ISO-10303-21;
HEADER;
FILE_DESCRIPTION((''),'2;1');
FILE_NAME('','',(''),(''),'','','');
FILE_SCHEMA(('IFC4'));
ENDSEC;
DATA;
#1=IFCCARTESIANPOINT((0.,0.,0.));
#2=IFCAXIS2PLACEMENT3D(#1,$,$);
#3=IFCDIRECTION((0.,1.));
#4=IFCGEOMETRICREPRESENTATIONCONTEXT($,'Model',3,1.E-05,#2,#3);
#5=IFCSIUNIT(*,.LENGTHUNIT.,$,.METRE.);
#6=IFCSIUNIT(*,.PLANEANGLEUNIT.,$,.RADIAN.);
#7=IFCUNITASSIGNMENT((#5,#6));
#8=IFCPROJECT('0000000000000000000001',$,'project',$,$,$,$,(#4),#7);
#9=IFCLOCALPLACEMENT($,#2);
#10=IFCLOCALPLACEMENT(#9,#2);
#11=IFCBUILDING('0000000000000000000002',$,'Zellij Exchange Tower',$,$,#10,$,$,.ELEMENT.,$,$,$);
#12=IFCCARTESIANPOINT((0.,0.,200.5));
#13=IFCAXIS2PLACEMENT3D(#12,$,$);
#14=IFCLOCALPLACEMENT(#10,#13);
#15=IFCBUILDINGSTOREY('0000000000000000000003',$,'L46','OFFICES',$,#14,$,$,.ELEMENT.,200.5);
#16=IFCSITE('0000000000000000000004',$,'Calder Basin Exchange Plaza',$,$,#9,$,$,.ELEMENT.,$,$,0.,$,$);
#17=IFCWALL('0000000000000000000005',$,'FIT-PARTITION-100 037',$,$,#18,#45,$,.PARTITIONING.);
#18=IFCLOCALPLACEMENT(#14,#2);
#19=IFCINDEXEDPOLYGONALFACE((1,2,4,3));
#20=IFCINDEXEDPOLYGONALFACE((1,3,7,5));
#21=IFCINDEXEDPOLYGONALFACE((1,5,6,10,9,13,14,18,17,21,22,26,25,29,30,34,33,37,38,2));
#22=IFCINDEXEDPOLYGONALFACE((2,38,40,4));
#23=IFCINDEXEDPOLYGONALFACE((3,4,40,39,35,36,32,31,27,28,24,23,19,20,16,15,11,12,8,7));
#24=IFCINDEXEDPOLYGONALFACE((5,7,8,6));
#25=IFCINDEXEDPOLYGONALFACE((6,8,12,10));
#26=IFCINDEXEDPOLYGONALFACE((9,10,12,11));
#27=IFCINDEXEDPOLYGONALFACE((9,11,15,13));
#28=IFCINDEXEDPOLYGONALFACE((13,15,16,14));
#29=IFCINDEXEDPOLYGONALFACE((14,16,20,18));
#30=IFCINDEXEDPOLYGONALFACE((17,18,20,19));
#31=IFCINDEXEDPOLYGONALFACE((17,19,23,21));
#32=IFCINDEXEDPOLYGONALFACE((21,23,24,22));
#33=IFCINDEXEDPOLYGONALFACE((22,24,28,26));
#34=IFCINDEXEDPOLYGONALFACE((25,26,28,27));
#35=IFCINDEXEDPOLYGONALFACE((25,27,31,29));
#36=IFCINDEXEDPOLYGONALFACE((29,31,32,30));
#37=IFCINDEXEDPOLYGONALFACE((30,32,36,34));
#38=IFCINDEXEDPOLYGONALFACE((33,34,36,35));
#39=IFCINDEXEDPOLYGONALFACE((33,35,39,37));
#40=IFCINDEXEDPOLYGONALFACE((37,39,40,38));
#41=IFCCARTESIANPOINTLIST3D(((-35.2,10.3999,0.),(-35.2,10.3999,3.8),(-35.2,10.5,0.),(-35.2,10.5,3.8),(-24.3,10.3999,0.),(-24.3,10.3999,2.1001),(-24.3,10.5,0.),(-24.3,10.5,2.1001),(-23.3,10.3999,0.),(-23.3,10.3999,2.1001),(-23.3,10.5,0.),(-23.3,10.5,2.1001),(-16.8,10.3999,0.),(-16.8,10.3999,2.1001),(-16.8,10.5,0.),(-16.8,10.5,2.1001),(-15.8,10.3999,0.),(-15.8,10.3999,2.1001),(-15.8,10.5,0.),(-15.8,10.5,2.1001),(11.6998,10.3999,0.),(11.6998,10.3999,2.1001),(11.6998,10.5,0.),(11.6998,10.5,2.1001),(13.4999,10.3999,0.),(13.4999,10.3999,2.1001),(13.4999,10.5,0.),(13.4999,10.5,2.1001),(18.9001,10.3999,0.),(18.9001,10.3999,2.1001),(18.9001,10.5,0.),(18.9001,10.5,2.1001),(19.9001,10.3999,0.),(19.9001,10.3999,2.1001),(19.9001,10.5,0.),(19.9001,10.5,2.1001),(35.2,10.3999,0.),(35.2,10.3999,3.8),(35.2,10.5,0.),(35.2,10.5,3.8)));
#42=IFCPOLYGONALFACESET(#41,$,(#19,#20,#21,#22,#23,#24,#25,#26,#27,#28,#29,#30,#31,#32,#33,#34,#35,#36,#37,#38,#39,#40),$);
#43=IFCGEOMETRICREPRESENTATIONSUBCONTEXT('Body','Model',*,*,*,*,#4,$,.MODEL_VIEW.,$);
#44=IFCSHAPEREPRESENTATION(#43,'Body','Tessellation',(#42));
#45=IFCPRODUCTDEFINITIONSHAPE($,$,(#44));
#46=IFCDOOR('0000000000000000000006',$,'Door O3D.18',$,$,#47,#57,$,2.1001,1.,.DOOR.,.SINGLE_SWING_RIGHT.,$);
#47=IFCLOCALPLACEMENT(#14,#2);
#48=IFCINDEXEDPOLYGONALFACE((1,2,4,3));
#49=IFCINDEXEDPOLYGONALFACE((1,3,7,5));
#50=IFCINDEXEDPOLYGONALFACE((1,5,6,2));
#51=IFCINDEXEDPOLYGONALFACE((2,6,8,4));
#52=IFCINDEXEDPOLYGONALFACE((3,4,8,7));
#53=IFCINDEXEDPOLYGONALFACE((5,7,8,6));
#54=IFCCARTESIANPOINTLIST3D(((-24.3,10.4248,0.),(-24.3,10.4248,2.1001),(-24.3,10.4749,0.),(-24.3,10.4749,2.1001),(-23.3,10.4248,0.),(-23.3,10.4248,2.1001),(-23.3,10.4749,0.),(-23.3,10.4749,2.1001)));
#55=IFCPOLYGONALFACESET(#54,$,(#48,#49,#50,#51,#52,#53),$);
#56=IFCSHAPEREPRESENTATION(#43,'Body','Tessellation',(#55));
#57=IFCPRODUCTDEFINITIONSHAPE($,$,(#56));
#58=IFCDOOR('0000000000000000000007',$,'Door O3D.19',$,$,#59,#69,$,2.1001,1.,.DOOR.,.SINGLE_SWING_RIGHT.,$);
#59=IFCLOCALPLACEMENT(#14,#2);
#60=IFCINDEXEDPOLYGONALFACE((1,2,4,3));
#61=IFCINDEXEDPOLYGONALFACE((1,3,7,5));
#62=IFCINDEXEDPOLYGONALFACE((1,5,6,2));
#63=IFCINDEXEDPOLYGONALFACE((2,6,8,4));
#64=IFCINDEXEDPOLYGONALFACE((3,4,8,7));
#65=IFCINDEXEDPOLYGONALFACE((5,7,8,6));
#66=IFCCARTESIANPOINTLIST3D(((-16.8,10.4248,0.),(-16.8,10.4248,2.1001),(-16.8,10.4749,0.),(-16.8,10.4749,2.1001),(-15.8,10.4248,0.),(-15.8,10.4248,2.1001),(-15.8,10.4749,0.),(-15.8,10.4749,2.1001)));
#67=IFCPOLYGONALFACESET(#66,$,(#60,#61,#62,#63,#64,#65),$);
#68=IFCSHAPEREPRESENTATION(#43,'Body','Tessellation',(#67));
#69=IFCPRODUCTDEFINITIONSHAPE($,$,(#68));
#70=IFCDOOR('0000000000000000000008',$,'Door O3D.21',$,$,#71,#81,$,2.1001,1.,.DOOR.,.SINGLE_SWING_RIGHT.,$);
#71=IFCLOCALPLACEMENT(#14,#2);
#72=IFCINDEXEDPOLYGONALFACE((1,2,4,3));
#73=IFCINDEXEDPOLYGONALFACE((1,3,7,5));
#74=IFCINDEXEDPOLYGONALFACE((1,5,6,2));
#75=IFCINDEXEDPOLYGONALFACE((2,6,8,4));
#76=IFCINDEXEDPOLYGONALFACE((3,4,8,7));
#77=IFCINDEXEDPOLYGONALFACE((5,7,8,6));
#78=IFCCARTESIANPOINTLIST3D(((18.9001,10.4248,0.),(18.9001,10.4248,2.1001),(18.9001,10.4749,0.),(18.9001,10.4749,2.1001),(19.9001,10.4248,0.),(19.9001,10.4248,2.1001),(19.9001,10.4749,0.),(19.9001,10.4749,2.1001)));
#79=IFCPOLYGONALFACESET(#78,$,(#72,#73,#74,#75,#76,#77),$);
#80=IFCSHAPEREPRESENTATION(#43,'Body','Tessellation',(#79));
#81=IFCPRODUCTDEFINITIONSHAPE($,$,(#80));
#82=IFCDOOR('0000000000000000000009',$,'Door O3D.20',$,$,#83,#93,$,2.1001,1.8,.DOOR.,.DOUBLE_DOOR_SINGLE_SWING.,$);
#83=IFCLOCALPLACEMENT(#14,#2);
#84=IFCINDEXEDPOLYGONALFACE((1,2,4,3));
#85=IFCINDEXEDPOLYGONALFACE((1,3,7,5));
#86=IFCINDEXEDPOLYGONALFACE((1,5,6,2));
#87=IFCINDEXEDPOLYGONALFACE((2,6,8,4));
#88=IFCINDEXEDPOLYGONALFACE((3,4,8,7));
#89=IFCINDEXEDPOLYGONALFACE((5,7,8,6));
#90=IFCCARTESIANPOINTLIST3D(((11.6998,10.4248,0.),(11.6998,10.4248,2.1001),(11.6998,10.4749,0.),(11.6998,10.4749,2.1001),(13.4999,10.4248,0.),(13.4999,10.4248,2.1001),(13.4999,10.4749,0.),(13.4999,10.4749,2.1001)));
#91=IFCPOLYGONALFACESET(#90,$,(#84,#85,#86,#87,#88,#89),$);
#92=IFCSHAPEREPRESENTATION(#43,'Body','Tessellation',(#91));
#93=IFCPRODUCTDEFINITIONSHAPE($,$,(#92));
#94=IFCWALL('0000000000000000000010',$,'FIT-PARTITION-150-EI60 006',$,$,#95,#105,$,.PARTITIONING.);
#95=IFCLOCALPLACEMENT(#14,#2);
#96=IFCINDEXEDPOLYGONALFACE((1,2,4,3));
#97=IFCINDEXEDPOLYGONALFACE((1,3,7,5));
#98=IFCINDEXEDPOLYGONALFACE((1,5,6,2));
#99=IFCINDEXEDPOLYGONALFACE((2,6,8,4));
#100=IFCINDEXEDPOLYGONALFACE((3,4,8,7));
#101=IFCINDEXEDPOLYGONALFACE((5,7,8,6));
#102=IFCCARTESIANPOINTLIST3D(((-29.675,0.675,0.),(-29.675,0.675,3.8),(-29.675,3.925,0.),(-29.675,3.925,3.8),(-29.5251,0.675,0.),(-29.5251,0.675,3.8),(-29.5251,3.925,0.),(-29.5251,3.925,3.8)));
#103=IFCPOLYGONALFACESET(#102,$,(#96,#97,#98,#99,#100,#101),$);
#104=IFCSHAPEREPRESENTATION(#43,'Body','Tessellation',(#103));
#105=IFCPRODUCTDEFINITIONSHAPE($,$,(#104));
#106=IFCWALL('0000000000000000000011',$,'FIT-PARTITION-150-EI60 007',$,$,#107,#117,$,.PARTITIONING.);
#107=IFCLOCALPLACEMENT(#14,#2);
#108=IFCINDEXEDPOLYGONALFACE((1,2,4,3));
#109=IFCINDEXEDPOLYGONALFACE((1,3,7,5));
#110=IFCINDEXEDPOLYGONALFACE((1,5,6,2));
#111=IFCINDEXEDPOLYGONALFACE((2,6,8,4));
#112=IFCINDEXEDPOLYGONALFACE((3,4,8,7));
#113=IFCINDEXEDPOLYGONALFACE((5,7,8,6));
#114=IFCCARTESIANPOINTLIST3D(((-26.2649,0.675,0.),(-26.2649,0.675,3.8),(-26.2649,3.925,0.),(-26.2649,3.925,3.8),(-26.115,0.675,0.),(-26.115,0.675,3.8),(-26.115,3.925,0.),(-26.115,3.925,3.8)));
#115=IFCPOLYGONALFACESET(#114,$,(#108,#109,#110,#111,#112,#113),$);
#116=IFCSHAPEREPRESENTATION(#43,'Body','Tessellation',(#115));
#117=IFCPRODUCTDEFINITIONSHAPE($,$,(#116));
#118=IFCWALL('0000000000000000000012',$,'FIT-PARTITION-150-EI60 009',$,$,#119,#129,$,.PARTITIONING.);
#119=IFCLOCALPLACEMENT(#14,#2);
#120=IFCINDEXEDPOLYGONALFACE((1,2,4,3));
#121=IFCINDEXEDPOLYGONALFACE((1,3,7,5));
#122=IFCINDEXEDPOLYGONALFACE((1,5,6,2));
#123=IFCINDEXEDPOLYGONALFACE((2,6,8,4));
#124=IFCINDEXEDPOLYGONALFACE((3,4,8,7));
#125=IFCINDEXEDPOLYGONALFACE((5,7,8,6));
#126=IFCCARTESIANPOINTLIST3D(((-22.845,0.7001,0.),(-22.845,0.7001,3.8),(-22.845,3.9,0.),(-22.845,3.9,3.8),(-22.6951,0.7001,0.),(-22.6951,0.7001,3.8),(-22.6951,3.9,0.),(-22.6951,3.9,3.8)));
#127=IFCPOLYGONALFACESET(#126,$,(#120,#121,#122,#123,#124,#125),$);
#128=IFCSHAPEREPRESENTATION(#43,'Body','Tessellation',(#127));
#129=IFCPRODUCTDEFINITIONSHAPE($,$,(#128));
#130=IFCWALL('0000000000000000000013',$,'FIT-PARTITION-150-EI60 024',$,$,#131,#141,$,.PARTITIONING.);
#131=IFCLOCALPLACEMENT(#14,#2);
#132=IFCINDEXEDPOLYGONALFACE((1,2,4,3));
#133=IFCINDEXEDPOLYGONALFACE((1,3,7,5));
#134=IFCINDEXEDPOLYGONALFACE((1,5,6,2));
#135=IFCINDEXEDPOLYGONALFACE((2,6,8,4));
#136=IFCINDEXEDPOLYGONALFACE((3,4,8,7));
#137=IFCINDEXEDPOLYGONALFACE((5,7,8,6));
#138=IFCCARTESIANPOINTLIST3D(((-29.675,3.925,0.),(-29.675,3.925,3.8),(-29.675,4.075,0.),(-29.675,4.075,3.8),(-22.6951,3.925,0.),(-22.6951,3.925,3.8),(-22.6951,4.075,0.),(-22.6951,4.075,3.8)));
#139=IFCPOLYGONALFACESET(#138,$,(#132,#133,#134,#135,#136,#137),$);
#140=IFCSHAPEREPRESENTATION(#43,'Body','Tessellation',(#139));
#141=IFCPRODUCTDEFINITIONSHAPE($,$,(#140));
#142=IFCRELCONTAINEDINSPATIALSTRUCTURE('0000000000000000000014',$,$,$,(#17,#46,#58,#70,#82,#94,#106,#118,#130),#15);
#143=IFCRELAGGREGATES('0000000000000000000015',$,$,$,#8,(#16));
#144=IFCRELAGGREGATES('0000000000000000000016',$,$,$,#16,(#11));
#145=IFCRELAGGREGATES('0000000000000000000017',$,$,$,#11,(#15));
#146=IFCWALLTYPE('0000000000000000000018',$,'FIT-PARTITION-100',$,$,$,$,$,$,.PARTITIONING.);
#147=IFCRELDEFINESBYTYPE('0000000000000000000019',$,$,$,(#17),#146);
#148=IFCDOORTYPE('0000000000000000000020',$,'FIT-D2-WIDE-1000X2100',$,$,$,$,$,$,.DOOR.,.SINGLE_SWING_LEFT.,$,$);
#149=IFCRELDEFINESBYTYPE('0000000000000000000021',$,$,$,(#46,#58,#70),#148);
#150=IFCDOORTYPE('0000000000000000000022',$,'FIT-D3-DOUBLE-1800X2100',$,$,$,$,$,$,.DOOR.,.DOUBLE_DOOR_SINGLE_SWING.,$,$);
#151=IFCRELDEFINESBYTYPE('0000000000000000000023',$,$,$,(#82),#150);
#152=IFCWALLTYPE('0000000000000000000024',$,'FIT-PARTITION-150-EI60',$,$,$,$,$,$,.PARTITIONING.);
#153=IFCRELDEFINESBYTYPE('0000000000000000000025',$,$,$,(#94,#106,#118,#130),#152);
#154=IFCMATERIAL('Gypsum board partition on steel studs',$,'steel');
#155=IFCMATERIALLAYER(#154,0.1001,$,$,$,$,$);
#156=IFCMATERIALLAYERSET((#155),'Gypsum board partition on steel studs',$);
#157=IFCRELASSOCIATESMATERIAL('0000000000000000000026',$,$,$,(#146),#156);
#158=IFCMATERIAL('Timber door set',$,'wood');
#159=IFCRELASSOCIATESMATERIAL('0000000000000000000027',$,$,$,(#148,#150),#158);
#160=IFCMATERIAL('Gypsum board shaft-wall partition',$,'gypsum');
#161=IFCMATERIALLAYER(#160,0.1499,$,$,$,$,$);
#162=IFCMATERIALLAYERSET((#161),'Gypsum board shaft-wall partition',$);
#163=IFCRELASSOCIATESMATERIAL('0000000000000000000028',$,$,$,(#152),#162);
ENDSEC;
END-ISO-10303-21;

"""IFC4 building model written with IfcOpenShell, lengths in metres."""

from ifc_helpers import new_model, si_unit, direction, frame, frame_2d, origin, place, context, subcontext, project, spatial, rectangle, extrude, material, layer, layer_set, type_object, element, fill, save


model = new_model("IFC4")

# Units and contexts
model_context = context("Model", 3, precision=1e-05, world=origin(), true_north=direction((0.0, 1.0)))
body_context = subcontext(model_context, "Body", "Model", "MODEL_VIEW")
ifc_project = project(units=[si_unit("LENGTHUNIT", "METRE"), si_unit("PLANEANGLEUNIT", "RADIAN")], contexts=[model_context])

# Site, building, storey
site_placement = place(None, origin())
site = spatial("IfcSite", under=ifc_project, at=site_placement, Name="Calder Basin Exchange Plaza", CompositionType="ELEMENT", RefElevation=0.0)
building_placement = place(site_placement, origin())
building = spatial("IfcBuilding", under=site, at=building_placement, Name="Zellij Exchange Tower", CompositionType="ELEMENT")
storey_placement = place(building_placement, frame((0.0, 0.0, 200.5)))
storey = spatial("IfcBuildingStorey", under=building, at=storey_placement, Name="L46", Description="OFFICES", CompositionType="ELEMENT", Elevation=200.5)

# Shared definitions
ifc_material_1 = material(Name="Gypsum board partition on steel studs", Category="steel")
ifc_layer_1 = layer(ifc_material_1, 0.1001)
ifc_layer_set_1 = layer_set([ifc_layer_1], Name="Gypsum board partition on steel studs")
wall_type_1 = type_object("IfcWallType", Name="FIT-PARTITION-100", PredefinedType="PARTITIONING", material=ifc_layer_set_1)
ifc_material_2 = material(Name="Timber door set", Category="wood")
door_type_1 = type_object("IfcDoorType", Name="FIT-D2-WIDE-1000X2100", OperationType="SINGLE_SWING_LEFT", PredefinedType="DOOR", material=ifc_material_2)

# Wall, openings, doors
wall_1_placement = place(storey_placement, frame((-35.2, 10.45, 0.0), z_axis=(0.0, 0.0, 1.0), x_axis=(1.0, 0.0, 0.0)))
wall_1 = element("IfcWall", 1, at=wall_1_placement, inside=storey, type_object=wall_type_1, Name="FIT-PARTITION-100 037", PredefinedType="PARTITIONING", context=body_context, shape_type="SweptSolid", body=[
    extrude(rectangle(XDim=70.3999, YDim=0.1001, at=frame_2d((35.2, 0.0))), origin(), (0.0, 0.0, 1.0), 3.8),
])
opening_1_placement = place(wall_1_placement, frame((10.8999, 0.0, 0.0)))
opening_1 = element("IfcOpeningElement", 2, at=opening_1_placement, cuts=wall_1, PredefinedType="OPENING", context=body_context, shape_type="SweptSolid", body=[
    extrude(rectangle(XDim=1.0, YDim=2.1001, at=frame_2d((0.5, 1.05))), frame((0.0, 0.062, 0.0), z_axis=(0.0, -1.0, 0.0), x_axis=(1.0, 0.0, 0.0)), (0.0, 0.0, 1.0), 0.124),
])
opening_2_placement = place(wall_1_placement, frame((18.3999, 0.0, 0.0)))
opening_2 = element("IfcOpeningElement", 3, at=opening_2_placement, cuts=wall_1, PredefinedType="OPENING", context=body_context, shape_type="SweptSolid", body=[
    extrude(rectangle(XDim=1.0, YDim=2.1001, at=frame_2d((0.5, 1.05))), frame((0.0, 0.062, 0.0), z_axis=(0.0, -1.0, 0.0), x_axis=(1.0, 0.0, 0.0)), (0.0, 0.0, 1.0), 0.124),
])
opening_3_placement = place(wall_1_placement, frame((46.8999, 0.0, 0.0)))
opening_3 = element("IfcOpeningElement", 4, at=opening_3_placement, cuts=wall_1, PredefinedType="OPENING", context=body_context, shape_type="SweptSolid", body=[
    extrude(rectangle(XDim=1.8, YDim=2.1001, at=frame_2d((0.8999, 1.05))), frame((0.0, 0.062, 0.0), z_axis=(0.0, -1.0, 0.0), x_axis=(1.0, 0.0, 0.0)), (0.0, 0.0, 1.0), 0.124),
])
opening_4_placement = place(wall_1_placement, frame((54.1001, 0.0, 0.0)))
opening_4 = element("IfcOpeningElement", 5, at=opening_4_placement, cuts=wall_1, PredefinedType="OPENING", context=body_context, shape_type="SweptSolid", body=[
    extrude(rectangle(XDim=1.0, YDim=2.1001, at=frame_2d((0.5, 1.05))), frame((0.0, 0.062, 0.0), z_axis=(0.0, -1.0, 0.0), x_axis=(1.0, 0.0, 0.0)), (0.0, 0.0, 1.0), 0.124),
])
door_1_placement = place(opening_1_placement, origin())
door_1 = element("IfcDoor", 6, at=door_1_placement, inside=storey, type_object=door_type_1, Name="Door O3D.18", OperationType="SINGLE_SWING_RIGHT", OverallHeight=2.1001, OverallWidth=1.0, PredefinedType="DOOR", context=body_context, shape_type="SweptSolid", body=[
    extrude(rectangle(XDim=1.0, YDim=2.1001, at=frame_2d((0.5, 1.05))), frame((0.0, 0.0249, 0.0), z_axis=(0.0, -1.0, 0.0), x_axis=(1.0, 0.0, 0.0)), (0.0, 0.0, 1.0), 0.05),
])
fill(opening_1, door_1)
door_2_placement = place(opening_2_placement, origin())
door_2 = element("IfcDoor", 7, at=door_2_placement, inside=storey, type_object=door_type_1, Name="Door O3D.19", OperationType="SINGLE_SWING_RIGHT", OverallHeight=2.1001, OverallWidth=1.0, PredefinedType="DOOR", context=body_context, shape_type="SweptSolid", body=[
    extrude(rectangle(XDim=1.0, YDim=2.1001, at=frame_2d((0.5, 1.05))), frame((0.0, 0.0249, 0.0), z_axis=(0.0, -1.0, 0.0), x_axis=(1.0, 0.0, 0.0)), (0.0, 0.0, 1.0), 0.05),
])
fill(opening_2, door_2)
door_3_placement = place(opening_4_placement, origin())
door_3 = element("IfcDoor", 8, at=door_3_placement, inside=storey, type_object=door_type_1, Name="Door O3D.21", OperationType="SINGLE_SWING_RIGHT", OverallHeight=2.1001, OverallWidth=1.0, PredefinedType="DOOR", context=body_context, shape_type="SweptSolid", body=[
    extrude(rectangle(XDim=1.0, YDim=2.1001, at=frame_2d((0.5, 1.05))), frame((0.0, 0.0249, 0.0), z_axis=(0.0, -1.0, 0.0), x_axis=(1.0, 0.0, 0.0)), (0.0, 0.0, 1.0), 0.05),
])
fill(opening_4, door_3)
door_type_2 = type_object("IfcDoorType", Name="FIT-D3-DOUBLE-1800X2100", OperationType="DOUBLE_DOOR_SINGLE_SWING", PredefinedType="DOOR", material=ifc_material_2)
door_4_placement = place(opening_3_placement, origin())
door_4 = element("IfcDoor", 9, at=door_4_placement, inside=storey, type_object=door_type_2, Name="Door O3D.20", OperationType="DOUBLE_DOOR_SINGLE_SWING", OverallHeight=2.1001, OverallWidth=1.8, PredefinedType="DOOR", context=body_context, shape_type="SweptSolid", body=[
    extrude(rectangle(XDim=1.8, YDim=2.1001, at=frame_2d((0.8999, 1.05))), frame((0.0, 0.0249, 0.0), z_axis=(0.0, -1.0, 0.0), x_axis=(1.0, 0.0, 0.0)), (0.0, 0.0, 1.0), 0.05),
])
fill(opening_3, door_4)

# Walls
ifc_material_3 = material(Name="Gypsum board shaft-wall partition", Category="gypsum")
ifc_layer_2 = layer(ifc_material_3, 0.1499)
ifc_layer_set_2 = layer_set([ifc_layer_2], Name="Gypsum board shaft-wall partition")
wall_type_2 = type_object("IfcWallType", Name="FIT-PARTITION-150-EI60", PredefinedType="PARTITIONING", material=ifc_layer_set_2)
for number, where, z_axis, x_axis, name in (
    (10, (-29.6001, 0.675, 0.0), (0.0, 0.0, 1.0), (0.0, 1.0, 0.0), "FIT-PARTITION-150-EI60 006"),
    (11, (-26.1899, 0.675, 0.0), (0.0, 0.0, 1.0), (0.0, 1.0, 0.0), "FIT-PARTITION-150-EI60 007"),
):
    element("IfcWall", number, at=place(storey_placement, frame(where, z_axis=z_axis, x_axis=x_axis)), inside=storey, type_object=wall_type_2, Name=name, PredefinedType="PARTITIONING", context=body_context, shape_type="SweptSolid", body=[
        extrude(rectangle(XDim=3.25, YDim=0.1499, at=frame_2d((1.625, 0.0))), origin(), (0.0, 0.0, 1.0), 3.8),
    ])
wall_2_placement = place(storey_placement, frame((-22.77, 0.7, 0.0), z_axis=(0.0, 0.0, 1.0), x_axis=(0.0, 1.0, 0.0)))
element("IfcWall", 12, at=wall_2_placement, inside=storey, type_object=wall_type_2, Name="FIT-PARTITION-150-EI60 009", PredefinedType="PARTITIONING", context=body_context, shape_type="SweptSolid", body=[
    extrude(rectangle(XDim=3.2, YDim=0.1499, at=frame_2d((1.6001, 0.0))), origin(), (0.0, 0.0, 1.0), 3.8),
])
wall_3_placement = place(storey_placement, frame((-29.675, 4.0, 0.0), z_axis=(0.0, 0.0, 1.0), x_axis=(1.0, 0.0, 0.0)))
element("IfcWall", 13, at=wall_3_placement, inside=storey, type_object=wall_type_2, Name="FIT-PARTITION-150-EI60 024", PredefinedType="PARTITIONING", context=body_context, shape_type="SweptSolid", body=[
    extrude(rectangle(XDim=6.98, YDim=0.1499, at=frame_2d((3.49, 0.0))), origin(), (0.0, 0.0, 1.0), 3.8),
])

save(model, "model.ifc")
